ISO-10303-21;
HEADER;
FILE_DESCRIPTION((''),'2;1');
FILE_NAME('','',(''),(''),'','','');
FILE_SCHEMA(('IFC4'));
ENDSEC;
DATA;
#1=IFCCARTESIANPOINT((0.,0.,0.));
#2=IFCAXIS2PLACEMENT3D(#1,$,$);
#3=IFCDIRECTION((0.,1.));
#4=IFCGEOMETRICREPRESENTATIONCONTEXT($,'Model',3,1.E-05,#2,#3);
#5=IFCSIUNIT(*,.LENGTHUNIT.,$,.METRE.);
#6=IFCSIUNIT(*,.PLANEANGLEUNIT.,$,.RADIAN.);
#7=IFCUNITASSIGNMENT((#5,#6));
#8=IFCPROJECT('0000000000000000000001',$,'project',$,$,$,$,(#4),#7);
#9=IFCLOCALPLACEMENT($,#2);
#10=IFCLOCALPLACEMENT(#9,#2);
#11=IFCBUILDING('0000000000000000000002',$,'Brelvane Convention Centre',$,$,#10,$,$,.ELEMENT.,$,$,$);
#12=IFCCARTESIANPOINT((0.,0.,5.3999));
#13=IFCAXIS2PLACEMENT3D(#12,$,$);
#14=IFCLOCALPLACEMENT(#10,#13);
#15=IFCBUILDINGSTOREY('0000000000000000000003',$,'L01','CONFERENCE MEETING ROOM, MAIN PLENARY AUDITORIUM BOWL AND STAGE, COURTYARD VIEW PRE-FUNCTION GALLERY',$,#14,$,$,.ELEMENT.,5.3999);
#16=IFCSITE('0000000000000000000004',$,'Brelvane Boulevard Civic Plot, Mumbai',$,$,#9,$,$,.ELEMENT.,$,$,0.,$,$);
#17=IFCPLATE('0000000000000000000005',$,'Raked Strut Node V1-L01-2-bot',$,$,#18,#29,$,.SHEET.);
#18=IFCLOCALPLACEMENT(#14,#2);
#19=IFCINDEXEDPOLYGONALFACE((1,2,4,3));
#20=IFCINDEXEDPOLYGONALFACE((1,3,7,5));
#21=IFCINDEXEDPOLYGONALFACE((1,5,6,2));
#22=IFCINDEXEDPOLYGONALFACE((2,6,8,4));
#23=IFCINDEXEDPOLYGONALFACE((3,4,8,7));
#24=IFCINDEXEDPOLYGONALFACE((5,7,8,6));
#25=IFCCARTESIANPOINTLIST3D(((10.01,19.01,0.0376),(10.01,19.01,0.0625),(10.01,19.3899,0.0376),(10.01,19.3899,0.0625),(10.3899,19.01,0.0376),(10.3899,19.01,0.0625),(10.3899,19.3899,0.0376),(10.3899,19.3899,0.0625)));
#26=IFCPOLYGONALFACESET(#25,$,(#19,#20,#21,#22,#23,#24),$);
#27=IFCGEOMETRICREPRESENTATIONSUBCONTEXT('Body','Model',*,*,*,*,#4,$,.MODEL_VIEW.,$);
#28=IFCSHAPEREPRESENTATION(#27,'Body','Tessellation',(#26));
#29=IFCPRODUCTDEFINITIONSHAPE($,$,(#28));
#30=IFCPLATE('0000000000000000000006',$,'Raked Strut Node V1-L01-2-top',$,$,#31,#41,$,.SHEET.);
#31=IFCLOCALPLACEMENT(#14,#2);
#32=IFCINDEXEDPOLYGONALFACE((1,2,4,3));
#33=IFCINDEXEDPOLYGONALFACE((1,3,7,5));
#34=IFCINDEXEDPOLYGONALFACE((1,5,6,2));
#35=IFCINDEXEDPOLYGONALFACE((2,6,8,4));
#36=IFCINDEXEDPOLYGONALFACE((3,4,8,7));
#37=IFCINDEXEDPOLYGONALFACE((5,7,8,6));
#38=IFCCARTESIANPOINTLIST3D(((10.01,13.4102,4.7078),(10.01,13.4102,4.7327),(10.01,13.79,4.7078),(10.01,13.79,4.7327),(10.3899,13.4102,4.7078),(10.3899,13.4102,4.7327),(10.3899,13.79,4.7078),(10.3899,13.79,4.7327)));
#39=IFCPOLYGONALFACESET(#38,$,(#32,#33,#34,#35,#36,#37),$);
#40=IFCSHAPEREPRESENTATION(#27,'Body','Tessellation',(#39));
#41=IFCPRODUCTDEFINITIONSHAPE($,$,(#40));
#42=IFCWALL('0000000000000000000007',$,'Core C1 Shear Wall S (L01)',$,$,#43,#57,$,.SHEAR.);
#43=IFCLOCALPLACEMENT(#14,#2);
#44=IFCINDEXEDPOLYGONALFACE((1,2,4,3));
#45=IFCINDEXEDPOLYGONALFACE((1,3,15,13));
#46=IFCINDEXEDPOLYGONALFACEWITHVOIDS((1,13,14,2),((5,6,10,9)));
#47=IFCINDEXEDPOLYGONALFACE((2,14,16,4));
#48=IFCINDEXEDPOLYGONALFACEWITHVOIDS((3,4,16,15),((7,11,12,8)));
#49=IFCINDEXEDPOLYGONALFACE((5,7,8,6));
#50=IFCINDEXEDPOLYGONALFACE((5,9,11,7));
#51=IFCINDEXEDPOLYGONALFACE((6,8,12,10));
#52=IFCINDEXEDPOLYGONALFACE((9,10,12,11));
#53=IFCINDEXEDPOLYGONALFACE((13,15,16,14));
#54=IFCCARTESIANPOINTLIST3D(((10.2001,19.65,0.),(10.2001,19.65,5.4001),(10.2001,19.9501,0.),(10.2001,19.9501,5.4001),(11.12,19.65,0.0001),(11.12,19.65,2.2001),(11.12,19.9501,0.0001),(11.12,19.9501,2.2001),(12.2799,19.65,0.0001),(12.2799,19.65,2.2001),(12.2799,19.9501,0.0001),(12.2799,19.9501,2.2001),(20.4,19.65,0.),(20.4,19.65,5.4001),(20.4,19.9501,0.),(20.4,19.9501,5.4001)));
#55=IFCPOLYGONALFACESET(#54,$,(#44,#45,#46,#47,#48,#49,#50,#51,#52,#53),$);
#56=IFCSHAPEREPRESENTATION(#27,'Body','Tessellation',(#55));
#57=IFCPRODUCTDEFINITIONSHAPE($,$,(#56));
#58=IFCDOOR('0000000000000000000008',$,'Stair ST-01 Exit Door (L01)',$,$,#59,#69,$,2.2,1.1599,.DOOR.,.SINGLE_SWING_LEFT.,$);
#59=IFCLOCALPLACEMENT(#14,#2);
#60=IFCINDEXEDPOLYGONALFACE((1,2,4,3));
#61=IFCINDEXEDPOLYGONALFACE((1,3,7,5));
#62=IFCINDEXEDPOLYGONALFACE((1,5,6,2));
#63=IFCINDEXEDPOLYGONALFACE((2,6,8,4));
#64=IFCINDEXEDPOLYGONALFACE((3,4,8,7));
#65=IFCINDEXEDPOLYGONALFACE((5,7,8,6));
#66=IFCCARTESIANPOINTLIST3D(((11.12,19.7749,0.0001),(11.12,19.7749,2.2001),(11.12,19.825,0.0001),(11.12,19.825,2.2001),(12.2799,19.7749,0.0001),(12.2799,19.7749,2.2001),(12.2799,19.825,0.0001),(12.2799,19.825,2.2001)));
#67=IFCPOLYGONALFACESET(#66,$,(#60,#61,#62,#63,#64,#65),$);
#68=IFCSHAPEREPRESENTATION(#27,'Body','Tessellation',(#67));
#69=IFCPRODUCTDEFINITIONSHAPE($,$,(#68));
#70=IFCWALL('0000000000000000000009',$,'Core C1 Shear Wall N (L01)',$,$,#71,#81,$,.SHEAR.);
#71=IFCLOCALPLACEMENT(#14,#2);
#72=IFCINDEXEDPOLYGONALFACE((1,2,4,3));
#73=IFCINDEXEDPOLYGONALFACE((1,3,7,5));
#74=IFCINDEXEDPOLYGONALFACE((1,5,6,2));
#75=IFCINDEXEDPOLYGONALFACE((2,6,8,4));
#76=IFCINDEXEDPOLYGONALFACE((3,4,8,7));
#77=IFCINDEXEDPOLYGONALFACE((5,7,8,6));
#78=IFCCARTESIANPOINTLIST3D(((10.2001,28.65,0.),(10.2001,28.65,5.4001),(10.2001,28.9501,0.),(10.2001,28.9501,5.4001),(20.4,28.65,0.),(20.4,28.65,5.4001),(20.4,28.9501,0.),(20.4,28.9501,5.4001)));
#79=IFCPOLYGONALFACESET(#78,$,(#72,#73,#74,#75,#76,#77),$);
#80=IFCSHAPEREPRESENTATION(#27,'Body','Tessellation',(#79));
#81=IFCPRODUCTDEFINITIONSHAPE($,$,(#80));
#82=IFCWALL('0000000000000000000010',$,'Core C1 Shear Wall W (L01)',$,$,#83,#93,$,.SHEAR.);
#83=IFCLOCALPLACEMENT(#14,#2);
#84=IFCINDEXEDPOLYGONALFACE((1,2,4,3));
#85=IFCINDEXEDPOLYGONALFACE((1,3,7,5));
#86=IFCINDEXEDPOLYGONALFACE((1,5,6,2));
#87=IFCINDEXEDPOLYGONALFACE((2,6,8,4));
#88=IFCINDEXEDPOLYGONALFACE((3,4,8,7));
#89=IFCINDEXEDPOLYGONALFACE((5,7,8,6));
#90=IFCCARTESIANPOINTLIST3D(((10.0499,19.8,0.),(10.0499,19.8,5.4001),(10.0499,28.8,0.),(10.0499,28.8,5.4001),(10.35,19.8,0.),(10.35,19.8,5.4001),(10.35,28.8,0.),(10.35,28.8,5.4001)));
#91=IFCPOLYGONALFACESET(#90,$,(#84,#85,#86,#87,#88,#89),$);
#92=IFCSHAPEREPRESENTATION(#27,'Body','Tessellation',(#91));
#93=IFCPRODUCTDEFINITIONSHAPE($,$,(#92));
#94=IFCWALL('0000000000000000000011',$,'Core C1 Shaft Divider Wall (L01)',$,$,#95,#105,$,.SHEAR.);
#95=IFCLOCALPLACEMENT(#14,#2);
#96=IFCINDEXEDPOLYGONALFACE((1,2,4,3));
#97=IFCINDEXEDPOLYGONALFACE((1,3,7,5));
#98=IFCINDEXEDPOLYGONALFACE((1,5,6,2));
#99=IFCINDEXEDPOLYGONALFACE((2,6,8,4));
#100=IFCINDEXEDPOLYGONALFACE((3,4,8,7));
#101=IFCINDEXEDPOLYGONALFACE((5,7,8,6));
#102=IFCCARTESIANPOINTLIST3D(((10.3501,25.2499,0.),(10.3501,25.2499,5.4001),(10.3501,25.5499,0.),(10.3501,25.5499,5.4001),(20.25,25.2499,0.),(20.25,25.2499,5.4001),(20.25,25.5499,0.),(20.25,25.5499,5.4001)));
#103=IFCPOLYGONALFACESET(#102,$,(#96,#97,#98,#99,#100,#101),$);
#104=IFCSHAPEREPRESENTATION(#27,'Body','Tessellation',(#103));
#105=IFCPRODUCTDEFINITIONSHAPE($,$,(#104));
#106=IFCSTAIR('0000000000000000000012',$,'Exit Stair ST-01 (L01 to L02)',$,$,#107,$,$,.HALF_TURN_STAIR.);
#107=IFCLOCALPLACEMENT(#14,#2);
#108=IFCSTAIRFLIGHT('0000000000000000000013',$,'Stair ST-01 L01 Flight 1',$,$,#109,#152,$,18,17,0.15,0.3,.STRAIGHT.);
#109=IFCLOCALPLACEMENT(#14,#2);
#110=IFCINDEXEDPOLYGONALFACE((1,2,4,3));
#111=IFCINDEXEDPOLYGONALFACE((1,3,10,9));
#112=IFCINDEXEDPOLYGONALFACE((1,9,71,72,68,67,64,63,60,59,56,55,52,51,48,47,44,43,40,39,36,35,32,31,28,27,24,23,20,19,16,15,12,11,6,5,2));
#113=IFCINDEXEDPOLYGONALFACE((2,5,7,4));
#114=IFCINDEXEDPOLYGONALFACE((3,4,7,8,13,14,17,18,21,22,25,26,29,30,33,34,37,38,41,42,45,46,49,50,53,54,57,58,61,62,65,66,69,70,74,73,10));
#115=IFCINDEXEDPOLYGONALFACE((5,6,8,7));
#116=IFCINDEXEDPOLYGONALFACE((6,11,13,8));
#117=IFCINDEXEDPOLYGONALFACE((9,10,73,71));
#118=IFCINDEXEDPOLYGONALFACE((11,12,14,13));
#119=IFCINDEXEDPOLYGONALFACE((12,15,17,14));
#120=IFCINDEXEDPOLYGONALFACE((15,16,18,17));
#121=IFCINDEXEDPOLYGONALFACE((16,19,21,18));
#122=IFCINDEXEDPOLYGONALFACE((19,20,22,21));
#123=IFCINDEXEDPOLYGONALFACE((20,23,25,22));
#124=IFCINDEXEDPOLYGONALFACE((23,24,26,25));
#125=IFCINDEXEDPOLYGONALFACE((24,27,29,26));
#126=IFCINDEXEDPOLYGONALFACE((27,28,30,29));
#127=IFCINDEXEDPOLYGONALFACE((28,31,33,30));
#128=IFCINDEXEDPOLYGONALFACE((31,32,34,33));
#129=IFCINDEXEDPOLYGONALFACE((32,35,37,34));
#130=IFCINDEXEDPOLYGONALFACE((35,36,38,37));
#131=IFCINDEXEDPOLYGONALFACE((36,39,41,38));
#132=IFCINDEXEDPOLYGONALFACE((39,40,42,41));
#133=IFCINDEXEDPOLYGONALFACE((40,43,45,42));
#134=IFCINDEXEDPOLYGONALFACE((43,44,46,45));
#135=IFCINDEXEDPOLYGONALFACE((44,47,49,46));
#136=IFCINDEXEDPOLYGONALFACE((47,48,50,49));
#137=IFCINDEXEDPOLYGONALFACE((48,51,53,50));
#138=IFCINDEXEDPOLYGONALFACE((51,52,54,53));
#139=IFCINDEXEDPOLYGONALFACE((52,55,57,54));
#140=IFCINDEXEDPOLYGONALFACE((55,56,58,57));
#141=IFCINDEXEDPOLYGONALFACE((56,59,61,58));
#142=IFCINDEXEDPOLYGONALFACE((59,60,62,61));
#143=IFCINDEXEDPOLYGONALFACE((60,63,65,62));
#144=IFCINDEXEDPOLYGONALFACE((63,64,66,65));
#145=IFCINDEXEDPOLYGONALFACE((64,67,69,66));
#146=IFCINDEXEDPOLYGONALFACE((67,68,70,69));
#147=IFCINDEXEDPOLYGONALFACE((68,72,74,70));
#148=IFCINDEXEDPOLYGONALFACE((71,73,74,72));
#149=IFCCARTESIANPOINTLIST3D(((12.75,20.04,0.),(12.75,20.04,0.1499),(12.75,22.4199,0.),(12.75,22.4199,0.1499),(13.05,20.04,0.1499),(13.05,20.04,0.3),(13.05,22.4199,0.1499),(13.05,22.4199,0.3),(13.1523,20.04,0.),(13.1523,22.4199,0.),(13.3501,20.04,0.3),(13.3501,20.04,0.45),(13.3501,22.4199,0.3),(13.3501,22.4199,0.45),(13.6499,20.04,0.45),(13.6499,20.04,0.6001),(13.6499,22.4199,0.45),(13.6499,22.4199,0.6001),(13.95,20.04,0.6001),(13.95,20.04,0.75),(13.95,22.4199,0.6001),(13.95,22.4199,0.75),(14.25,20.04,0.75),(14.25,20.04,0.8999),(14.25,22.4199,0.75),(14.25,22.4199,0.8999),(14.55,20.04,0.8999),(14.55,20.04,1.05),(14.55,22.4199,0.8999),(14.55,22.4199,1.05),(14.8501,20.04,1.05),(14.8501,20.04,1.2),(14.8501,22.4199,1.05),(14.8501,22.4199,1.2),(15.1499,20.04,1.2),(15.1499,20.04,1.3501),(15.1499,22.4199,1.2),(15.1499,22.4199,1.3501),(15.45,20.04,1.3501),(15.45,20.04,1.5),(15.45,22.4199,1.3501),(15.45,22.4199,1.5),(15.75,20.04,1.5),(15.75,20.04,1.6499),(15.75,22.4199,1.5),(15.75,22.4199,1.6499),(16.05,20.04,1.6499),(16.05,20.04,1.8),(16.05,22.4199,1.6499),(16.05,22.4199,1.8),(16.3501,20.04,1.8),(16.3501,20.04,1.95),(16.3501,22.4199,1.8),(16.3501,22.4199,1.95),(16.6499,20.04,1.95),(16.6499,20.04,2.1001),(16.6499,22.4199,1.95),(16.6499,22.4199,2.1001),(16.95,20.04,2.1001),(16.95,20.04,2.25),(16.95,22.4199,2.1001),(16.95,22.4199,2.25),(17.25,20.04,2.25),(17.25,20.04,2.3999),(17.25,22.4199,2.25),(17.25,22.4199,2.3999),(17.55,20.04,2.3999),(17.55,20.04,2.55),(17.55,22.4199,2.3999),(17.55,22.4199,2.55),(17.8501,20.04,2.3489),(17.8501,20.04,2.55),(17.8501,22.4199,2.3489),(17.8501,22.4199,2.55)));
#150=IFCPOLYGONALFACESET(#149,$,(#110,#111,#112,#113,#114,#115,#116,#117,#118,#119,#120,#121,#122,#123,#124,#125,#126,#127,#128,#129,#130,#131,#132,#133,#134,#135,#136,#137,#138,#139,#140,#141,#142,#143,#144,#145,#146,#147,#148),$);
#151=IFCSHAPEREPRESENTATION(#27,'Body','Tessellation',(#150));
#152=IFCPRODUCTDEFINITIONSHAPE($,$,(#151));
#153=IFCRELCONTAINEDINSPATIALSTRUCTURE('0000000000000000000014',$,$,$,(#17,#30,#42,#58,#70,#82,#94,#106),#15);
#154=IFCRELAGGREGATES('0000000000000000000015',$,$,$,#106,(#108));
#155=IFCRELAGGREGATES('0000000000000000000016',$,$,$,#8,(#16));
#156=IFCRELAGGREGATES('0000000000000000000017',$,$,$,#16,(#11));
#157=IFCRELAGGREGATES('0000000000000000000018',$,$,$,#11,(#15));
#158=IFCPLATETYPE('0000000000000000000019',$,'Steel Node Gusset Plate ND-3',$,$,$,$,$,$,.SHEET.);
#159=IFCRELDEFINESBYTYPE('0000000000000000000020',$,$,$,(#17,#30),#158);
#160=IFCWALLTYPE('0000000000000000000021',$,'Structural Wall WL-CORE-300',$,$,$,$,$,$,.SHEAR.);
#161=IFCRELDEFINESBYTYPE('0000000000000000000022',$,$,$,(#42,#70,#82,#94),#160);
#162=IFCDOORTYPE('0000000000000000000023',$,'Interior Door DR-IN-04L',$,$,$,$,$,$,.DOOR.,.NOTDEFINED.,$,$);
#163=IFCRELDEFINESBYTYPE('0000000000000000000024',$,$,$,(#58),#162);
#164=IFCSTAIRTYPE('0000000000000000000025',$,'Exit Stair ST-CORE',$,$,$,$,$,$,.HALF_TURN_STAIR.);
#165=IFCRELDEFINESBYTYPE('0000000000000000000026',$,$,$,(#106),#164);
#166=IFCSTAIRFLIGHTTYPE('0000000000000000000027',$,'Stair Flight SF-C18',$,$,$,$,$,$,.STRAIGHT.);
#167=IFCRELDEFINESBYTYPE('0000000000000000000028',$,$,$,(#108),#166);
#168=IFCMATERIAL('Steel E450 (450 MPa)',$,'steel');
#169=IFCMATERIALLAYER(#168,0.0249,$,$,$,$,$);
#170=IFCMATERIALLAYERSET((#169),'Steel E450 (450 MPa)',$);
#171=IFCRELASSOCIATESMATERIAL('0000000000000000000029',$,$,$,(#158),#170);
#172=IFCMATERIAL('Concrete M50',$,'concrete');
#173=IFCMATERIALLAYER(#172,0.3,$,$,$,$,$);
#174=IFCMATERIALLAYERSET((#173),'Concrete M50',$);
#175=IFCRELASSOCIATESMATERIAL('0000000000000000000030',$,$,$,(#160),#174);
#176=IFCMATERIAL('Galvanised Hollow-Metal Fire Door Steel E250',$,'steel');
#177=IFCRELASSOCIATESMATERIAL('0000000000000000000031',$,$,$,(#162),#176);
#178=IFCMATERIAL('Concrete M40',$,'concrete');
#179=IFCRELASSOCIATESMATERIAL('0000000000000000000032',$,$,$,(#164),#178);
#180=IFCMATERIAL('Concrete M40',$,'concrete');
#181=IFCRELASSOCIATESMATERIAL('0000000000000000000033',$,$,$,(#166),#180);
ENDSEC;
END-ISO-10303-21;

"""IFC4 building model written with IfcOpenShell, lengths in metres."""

from ifc_helpers import new_model, si_unit, direction, frame, frame_2d, origin, origin_2d, place, context, subcontext, project, spatial, polyline, rectangle, outline, extrude, material, layer, layer_set, type_object, element, fill, aggregate, save


model = new_model("IFC4")

# Units and contexts
model_context = context("Model", 3, precision=1e-05, world=origin(), true_north=direction((0.0, 1.0)))
body_context = subcontext(model_context, "Body", "Model", "MODEL_VIEW")
ifc_project = project(units=[si_unit("LENGTHUNIT", "METRE"), si_unit("PLANEANGLEUNIT", "RADIAN")], contexts=[model_context])

# Site, building, storey
site_placement = place(None, origin())
site = spatial("IfcSite", under=ifc_project, at=site_placement, Name="Brelvane Boulevard Civic Plot, Mumbai", CompositionType="ELEMENT", RefElevation=0.0)
building_placement = place(site_placement, origin())
building = spatial("IfcBuilding", under=site, at=building_placement, Name="Brelvane Convention Centre", CompositionType="ELEMENT")
storey_placement = place(building_placement, frame((0.0, 0.0, 5.3999)))
storey = spatial("IfcBuildingStorey", under=building, at=storey_placement, Name="L01", Description="CONFERENCE MEETING ROOM, MAIN PLENARY AUDITORIUM BOWL AND STAGE, COURTYARD VIEW PRE-FUNCTION GALLERY", CompositionType="ELEMENT", Elevation=5.3999)

# Plates
ifc_material_1 = material(Name="Steel E450 (450 MPa)", Category="steel")
ifc_layer_1 = layer(ifc_material_1, 0.0249)
ifc_layer_set_1 = layer_set([ifc_layer_1], Name="Steel E450 (450 MPa)")
plate_type_1 = type_object("IfcPlateType", Name="Steel Node Gusset Plate ND-3", PredefinedType="SHEET", material=ifc_layer_set_1)
for number, where, z_axis, x_axis, name in (
    (1, (10.2, 19.2, 0.0376), (0.0, 0.0, 1.0), (1.0, 0.0, 0.0), "Raked Strut Node V1-L01-2-bot"),
    (2, (10.2, 13.6001, 4.7078), (0.0, 0.0, 1.0), (1.0, 0.0, 0.0), "Raked Strut Node V1-L01-2-top"),
):
    element("IfcPlate", number, at=place(storey_placement, frame(where, z_axis=z_axis, x_axis=x_axis)), inside=storey, type_object=plate_type_1, Name=name, PredefinedType="SHEET", context=body_context, shape_type="SweptSolid", body=[
        extrude(rectangle(XDim=0.3799, YDim=0.3799, at=origin_2d()), origin(), (0.0, 0.0, 1.0), 0.0249),
    ])

# Wall, opening, door
ifc_material_2 = material(Name="Concrete M50", Category="concrete")
ifc_layer_2 = layer(ifc_material_2, 0.3)
ifc_layer_set_2 = layer_set([ifc_layer_2], Name="Concrete M50")
wall_type = type_object("IfcWallType", Name="Structural Wall WL-CORE-300", PredefinedType="SHEAR", material=ifc_layer_set_2)
wall_1_placement = place(storey_placement, frame((10.2, 19.8, 0.0), z_axis=(0.0, 0.0, 1.0), x_axis=(1.0, 0.0, 0.0)))
wall_1 = element("IfcWall", 3, at=wall_1_placement, inside=storey, type_object=wall_type, Name="Core C1 Shear Wall S (L01)", PredefinedType="SHEAR", context=body_context, shape_type="SweptSolid", body=[
    extrude(rectangle(XDim=10.2, YDim=0.3, at=frame_2d((5.1001, 0.0))), origin(), (0.0, 0.0, 1.0), 5.4001),
])
opening_placement = place(wall_1_placement, frame((0.9199, 0.0, 0.0)))
opening = element("IfcOpeningElement", 4, at=opening_placement, cuts=wall_1, PredefinedType="OPENING", context=body_context, shape_type="SweptSolid", body=[
    extrude(rectangle(XDim=1.1599, YDim=2.2, at=frame_2d((0.5801, 1.1001))), frame((0.0, 0.1599, 0.0), z_axis=(0.0, -1.0, 0.0), x_axis=(1.0, 0.0, 0.0)), (0.0, 0.0, 1.0), 0.3201),
])
ifc_material_3 = material(Name="Galvanised Hollow-Metal Fire Door Steel E250", Category="steel")
door_type = type_object("IfcDoorType", Name="Interior Door DR-IN-04L", OperationType="NOTDEFINED", PredefinedType="DOOR", material=ifc_material_3)
door_placement = place(opening_placement, origin())
door = element("IfcDoor", 5, at=door_placement, inside=storey, type_object=door_type, Name="Stair ST-01 Exit Door (L01)", OperationType="SINGLE_SWING_LEFT", OverallHeight=2.2, OverallWidth=1.1599, PredefinedType="DOOR", context=body_context, shape_type="SweptSolid", body=[
    extrude(rectangle(XDim=1.1599, YDim=2.2, at=frame_2d((0.5801, 1.1001))), frame((0.0, 0.0249, 0.0), z_axis=(0.0, -1.0, 0.0), x_axis=(1.0, 0.0, 0.0)), (0.0, 0.0, 1.0), 0.05),
])
fill(opening, door)

# Walls
wall_2_placement = place(storey_placement, frame((10.2, 28.8, 0.0), z_axis=(0.0, 0.0, 1.0), x_axis=(1.0, 0.0, 0.0)))
element("IfcWall", 6, at=wall_2_placement, inside=storey, type_object=wall_type, Name="Core C1 Shear Wall N (L01)", PredefinedType="SHEAR", context=body_context, shape_type="SweptSolid", body=[
    extrude(rectangle(XDim=10.2, YDim=0.3, at=frame_2d((5.1001, 0.0))), origin(), (0.0, 0.0, 1.0), 5.4001),
])
wall_3_placement = place(storey_placement, frame((10.2, 19.8, 0.0), z_axis=(0.0, 0.0, 1.0), x_axis=(0.0, 1.0, 0.0)))
element("IfcWall", 7, at=wall_3_placement, inside=storey, type_object=wall_type, Name="Core C1 Shear Wall W (L01)", PredefinedType="SHEAR", context=body_context, shape_type="SweptSolid", body=[
    extrude(rectangle(XDim=9.0, YDim=0.3, at=frame_2d((4.5, 0.0))), origin(), (0.0, 0.0, 1.0), 5.4001),
])
wall_4_placement = place(storey_placement, frame((10.3501, 25.3999, 0.0), z_axis=(0.0, 0.0, 1.0), x_axis=(1.0, 0.0, 0.0)))
element("IfcWall", 8, at=wall_4_placement, inside=storey, type_object=wall_type, Name="Core C1 Shaft Divider Wall (L01)", PredefinedType="SHEAR", context=body_context, shape_type="SweptSolid", body=[
    extrude(rectangle(XDim=9.8999, YDim=0.3, at=frame_2d((4.95, 0.0))), origin(), (0.0, 0.0, 1.0), 5.4001),
])

# Stair, stair flight
ifc_material_4 = material(Name="Concrete M40", Category="concrete")
stair_type = type_object("IfcStairType", Name="Exit Stair ST-CORE", PredefinedType="HALF_TURN_STAIR", material=ifc_material_4)
stair_placement = place(storey_placement, origin())
stair = element("IfcStair", 9, at=stair_placement, inside=storey, type_object=stair_type, Name="Exit Stair ST-01 (L01 to L02)", PredefinedType="HALF_TURN_STAIR")
ifc_material_5 = material(Name="Concrete M40", Category="concrete")
stair_flight_type = type_object("IfcStairFlightType", Name="Stair Flight SF-C18", PredefinedType="STRAIGHT", material=ifc_material_5)
stair_flight_placement = place(storey_placement, frame((12.75, 21.23, 0.0), z_axis=(0.0, 0.0, 1.0), x_axis=(1.0, 0.0, 0.0)))
stair_flight = element("IfcStairFlight", 10, at=stair_flight_placement, type_object=stair_flight_type, Name="Stair ST-01 L01 Flight 1", NumberOfRisers=18, NumberOfTreads=17, PredefinedType="STRAIGHT", RiserHeight=0.15, TreadLength=0.3, context=body_context, shape_type="SweptSolid", body=[
    extrude(outline(polyline([(0.0, 0.0), (0.0, 0.1499), (0.3, 0.1499), (0.3, 0.3), (0.6001, 0.3), (0.6001, 0.45), (0.8999, 0.45), (0.8999, 0.6001), (1.2, 0.6001), (1.2, 0.75), (1.5, 0.75), (1.5, 0.8999), (1.8, 0.8999), (1.8, 1.05), (2.1001, 1.05), (2.1001, 1.2), (2.3999, 1.2), (2.3999, 1.3501), (2.7, 1.3501), (2.7, 1.5), (3.0, 1.5), (3.0, 1.6499), (3.3, 1.6499), (3.3, 1.8), (3.6001, 1.8), (3.6001, 1.95), (3.8999, 1.95), (3.8999, 2.1001), (4.2, 2.1001), (4.2, 2.25), (4.5, 2.25), (4.5, 2.3999), (4.8, 2.3999), (4.8, 2.55), (5.1001, 2.55), (5.1001, 2.7), (5.1001, 2.3489), (0.4023, 0.0), (0.0, 0.0)])), frame((0.0, 1.1899, 0.0), z_axis=(0.0, -1.0, 0.0), x_axis=(1.0, 0.0, 0.0)), (0.0, 0.0, 1.0), 2.3799),
])
aggregate(stair, [stair_flight])

save(model, "model.ifc")
